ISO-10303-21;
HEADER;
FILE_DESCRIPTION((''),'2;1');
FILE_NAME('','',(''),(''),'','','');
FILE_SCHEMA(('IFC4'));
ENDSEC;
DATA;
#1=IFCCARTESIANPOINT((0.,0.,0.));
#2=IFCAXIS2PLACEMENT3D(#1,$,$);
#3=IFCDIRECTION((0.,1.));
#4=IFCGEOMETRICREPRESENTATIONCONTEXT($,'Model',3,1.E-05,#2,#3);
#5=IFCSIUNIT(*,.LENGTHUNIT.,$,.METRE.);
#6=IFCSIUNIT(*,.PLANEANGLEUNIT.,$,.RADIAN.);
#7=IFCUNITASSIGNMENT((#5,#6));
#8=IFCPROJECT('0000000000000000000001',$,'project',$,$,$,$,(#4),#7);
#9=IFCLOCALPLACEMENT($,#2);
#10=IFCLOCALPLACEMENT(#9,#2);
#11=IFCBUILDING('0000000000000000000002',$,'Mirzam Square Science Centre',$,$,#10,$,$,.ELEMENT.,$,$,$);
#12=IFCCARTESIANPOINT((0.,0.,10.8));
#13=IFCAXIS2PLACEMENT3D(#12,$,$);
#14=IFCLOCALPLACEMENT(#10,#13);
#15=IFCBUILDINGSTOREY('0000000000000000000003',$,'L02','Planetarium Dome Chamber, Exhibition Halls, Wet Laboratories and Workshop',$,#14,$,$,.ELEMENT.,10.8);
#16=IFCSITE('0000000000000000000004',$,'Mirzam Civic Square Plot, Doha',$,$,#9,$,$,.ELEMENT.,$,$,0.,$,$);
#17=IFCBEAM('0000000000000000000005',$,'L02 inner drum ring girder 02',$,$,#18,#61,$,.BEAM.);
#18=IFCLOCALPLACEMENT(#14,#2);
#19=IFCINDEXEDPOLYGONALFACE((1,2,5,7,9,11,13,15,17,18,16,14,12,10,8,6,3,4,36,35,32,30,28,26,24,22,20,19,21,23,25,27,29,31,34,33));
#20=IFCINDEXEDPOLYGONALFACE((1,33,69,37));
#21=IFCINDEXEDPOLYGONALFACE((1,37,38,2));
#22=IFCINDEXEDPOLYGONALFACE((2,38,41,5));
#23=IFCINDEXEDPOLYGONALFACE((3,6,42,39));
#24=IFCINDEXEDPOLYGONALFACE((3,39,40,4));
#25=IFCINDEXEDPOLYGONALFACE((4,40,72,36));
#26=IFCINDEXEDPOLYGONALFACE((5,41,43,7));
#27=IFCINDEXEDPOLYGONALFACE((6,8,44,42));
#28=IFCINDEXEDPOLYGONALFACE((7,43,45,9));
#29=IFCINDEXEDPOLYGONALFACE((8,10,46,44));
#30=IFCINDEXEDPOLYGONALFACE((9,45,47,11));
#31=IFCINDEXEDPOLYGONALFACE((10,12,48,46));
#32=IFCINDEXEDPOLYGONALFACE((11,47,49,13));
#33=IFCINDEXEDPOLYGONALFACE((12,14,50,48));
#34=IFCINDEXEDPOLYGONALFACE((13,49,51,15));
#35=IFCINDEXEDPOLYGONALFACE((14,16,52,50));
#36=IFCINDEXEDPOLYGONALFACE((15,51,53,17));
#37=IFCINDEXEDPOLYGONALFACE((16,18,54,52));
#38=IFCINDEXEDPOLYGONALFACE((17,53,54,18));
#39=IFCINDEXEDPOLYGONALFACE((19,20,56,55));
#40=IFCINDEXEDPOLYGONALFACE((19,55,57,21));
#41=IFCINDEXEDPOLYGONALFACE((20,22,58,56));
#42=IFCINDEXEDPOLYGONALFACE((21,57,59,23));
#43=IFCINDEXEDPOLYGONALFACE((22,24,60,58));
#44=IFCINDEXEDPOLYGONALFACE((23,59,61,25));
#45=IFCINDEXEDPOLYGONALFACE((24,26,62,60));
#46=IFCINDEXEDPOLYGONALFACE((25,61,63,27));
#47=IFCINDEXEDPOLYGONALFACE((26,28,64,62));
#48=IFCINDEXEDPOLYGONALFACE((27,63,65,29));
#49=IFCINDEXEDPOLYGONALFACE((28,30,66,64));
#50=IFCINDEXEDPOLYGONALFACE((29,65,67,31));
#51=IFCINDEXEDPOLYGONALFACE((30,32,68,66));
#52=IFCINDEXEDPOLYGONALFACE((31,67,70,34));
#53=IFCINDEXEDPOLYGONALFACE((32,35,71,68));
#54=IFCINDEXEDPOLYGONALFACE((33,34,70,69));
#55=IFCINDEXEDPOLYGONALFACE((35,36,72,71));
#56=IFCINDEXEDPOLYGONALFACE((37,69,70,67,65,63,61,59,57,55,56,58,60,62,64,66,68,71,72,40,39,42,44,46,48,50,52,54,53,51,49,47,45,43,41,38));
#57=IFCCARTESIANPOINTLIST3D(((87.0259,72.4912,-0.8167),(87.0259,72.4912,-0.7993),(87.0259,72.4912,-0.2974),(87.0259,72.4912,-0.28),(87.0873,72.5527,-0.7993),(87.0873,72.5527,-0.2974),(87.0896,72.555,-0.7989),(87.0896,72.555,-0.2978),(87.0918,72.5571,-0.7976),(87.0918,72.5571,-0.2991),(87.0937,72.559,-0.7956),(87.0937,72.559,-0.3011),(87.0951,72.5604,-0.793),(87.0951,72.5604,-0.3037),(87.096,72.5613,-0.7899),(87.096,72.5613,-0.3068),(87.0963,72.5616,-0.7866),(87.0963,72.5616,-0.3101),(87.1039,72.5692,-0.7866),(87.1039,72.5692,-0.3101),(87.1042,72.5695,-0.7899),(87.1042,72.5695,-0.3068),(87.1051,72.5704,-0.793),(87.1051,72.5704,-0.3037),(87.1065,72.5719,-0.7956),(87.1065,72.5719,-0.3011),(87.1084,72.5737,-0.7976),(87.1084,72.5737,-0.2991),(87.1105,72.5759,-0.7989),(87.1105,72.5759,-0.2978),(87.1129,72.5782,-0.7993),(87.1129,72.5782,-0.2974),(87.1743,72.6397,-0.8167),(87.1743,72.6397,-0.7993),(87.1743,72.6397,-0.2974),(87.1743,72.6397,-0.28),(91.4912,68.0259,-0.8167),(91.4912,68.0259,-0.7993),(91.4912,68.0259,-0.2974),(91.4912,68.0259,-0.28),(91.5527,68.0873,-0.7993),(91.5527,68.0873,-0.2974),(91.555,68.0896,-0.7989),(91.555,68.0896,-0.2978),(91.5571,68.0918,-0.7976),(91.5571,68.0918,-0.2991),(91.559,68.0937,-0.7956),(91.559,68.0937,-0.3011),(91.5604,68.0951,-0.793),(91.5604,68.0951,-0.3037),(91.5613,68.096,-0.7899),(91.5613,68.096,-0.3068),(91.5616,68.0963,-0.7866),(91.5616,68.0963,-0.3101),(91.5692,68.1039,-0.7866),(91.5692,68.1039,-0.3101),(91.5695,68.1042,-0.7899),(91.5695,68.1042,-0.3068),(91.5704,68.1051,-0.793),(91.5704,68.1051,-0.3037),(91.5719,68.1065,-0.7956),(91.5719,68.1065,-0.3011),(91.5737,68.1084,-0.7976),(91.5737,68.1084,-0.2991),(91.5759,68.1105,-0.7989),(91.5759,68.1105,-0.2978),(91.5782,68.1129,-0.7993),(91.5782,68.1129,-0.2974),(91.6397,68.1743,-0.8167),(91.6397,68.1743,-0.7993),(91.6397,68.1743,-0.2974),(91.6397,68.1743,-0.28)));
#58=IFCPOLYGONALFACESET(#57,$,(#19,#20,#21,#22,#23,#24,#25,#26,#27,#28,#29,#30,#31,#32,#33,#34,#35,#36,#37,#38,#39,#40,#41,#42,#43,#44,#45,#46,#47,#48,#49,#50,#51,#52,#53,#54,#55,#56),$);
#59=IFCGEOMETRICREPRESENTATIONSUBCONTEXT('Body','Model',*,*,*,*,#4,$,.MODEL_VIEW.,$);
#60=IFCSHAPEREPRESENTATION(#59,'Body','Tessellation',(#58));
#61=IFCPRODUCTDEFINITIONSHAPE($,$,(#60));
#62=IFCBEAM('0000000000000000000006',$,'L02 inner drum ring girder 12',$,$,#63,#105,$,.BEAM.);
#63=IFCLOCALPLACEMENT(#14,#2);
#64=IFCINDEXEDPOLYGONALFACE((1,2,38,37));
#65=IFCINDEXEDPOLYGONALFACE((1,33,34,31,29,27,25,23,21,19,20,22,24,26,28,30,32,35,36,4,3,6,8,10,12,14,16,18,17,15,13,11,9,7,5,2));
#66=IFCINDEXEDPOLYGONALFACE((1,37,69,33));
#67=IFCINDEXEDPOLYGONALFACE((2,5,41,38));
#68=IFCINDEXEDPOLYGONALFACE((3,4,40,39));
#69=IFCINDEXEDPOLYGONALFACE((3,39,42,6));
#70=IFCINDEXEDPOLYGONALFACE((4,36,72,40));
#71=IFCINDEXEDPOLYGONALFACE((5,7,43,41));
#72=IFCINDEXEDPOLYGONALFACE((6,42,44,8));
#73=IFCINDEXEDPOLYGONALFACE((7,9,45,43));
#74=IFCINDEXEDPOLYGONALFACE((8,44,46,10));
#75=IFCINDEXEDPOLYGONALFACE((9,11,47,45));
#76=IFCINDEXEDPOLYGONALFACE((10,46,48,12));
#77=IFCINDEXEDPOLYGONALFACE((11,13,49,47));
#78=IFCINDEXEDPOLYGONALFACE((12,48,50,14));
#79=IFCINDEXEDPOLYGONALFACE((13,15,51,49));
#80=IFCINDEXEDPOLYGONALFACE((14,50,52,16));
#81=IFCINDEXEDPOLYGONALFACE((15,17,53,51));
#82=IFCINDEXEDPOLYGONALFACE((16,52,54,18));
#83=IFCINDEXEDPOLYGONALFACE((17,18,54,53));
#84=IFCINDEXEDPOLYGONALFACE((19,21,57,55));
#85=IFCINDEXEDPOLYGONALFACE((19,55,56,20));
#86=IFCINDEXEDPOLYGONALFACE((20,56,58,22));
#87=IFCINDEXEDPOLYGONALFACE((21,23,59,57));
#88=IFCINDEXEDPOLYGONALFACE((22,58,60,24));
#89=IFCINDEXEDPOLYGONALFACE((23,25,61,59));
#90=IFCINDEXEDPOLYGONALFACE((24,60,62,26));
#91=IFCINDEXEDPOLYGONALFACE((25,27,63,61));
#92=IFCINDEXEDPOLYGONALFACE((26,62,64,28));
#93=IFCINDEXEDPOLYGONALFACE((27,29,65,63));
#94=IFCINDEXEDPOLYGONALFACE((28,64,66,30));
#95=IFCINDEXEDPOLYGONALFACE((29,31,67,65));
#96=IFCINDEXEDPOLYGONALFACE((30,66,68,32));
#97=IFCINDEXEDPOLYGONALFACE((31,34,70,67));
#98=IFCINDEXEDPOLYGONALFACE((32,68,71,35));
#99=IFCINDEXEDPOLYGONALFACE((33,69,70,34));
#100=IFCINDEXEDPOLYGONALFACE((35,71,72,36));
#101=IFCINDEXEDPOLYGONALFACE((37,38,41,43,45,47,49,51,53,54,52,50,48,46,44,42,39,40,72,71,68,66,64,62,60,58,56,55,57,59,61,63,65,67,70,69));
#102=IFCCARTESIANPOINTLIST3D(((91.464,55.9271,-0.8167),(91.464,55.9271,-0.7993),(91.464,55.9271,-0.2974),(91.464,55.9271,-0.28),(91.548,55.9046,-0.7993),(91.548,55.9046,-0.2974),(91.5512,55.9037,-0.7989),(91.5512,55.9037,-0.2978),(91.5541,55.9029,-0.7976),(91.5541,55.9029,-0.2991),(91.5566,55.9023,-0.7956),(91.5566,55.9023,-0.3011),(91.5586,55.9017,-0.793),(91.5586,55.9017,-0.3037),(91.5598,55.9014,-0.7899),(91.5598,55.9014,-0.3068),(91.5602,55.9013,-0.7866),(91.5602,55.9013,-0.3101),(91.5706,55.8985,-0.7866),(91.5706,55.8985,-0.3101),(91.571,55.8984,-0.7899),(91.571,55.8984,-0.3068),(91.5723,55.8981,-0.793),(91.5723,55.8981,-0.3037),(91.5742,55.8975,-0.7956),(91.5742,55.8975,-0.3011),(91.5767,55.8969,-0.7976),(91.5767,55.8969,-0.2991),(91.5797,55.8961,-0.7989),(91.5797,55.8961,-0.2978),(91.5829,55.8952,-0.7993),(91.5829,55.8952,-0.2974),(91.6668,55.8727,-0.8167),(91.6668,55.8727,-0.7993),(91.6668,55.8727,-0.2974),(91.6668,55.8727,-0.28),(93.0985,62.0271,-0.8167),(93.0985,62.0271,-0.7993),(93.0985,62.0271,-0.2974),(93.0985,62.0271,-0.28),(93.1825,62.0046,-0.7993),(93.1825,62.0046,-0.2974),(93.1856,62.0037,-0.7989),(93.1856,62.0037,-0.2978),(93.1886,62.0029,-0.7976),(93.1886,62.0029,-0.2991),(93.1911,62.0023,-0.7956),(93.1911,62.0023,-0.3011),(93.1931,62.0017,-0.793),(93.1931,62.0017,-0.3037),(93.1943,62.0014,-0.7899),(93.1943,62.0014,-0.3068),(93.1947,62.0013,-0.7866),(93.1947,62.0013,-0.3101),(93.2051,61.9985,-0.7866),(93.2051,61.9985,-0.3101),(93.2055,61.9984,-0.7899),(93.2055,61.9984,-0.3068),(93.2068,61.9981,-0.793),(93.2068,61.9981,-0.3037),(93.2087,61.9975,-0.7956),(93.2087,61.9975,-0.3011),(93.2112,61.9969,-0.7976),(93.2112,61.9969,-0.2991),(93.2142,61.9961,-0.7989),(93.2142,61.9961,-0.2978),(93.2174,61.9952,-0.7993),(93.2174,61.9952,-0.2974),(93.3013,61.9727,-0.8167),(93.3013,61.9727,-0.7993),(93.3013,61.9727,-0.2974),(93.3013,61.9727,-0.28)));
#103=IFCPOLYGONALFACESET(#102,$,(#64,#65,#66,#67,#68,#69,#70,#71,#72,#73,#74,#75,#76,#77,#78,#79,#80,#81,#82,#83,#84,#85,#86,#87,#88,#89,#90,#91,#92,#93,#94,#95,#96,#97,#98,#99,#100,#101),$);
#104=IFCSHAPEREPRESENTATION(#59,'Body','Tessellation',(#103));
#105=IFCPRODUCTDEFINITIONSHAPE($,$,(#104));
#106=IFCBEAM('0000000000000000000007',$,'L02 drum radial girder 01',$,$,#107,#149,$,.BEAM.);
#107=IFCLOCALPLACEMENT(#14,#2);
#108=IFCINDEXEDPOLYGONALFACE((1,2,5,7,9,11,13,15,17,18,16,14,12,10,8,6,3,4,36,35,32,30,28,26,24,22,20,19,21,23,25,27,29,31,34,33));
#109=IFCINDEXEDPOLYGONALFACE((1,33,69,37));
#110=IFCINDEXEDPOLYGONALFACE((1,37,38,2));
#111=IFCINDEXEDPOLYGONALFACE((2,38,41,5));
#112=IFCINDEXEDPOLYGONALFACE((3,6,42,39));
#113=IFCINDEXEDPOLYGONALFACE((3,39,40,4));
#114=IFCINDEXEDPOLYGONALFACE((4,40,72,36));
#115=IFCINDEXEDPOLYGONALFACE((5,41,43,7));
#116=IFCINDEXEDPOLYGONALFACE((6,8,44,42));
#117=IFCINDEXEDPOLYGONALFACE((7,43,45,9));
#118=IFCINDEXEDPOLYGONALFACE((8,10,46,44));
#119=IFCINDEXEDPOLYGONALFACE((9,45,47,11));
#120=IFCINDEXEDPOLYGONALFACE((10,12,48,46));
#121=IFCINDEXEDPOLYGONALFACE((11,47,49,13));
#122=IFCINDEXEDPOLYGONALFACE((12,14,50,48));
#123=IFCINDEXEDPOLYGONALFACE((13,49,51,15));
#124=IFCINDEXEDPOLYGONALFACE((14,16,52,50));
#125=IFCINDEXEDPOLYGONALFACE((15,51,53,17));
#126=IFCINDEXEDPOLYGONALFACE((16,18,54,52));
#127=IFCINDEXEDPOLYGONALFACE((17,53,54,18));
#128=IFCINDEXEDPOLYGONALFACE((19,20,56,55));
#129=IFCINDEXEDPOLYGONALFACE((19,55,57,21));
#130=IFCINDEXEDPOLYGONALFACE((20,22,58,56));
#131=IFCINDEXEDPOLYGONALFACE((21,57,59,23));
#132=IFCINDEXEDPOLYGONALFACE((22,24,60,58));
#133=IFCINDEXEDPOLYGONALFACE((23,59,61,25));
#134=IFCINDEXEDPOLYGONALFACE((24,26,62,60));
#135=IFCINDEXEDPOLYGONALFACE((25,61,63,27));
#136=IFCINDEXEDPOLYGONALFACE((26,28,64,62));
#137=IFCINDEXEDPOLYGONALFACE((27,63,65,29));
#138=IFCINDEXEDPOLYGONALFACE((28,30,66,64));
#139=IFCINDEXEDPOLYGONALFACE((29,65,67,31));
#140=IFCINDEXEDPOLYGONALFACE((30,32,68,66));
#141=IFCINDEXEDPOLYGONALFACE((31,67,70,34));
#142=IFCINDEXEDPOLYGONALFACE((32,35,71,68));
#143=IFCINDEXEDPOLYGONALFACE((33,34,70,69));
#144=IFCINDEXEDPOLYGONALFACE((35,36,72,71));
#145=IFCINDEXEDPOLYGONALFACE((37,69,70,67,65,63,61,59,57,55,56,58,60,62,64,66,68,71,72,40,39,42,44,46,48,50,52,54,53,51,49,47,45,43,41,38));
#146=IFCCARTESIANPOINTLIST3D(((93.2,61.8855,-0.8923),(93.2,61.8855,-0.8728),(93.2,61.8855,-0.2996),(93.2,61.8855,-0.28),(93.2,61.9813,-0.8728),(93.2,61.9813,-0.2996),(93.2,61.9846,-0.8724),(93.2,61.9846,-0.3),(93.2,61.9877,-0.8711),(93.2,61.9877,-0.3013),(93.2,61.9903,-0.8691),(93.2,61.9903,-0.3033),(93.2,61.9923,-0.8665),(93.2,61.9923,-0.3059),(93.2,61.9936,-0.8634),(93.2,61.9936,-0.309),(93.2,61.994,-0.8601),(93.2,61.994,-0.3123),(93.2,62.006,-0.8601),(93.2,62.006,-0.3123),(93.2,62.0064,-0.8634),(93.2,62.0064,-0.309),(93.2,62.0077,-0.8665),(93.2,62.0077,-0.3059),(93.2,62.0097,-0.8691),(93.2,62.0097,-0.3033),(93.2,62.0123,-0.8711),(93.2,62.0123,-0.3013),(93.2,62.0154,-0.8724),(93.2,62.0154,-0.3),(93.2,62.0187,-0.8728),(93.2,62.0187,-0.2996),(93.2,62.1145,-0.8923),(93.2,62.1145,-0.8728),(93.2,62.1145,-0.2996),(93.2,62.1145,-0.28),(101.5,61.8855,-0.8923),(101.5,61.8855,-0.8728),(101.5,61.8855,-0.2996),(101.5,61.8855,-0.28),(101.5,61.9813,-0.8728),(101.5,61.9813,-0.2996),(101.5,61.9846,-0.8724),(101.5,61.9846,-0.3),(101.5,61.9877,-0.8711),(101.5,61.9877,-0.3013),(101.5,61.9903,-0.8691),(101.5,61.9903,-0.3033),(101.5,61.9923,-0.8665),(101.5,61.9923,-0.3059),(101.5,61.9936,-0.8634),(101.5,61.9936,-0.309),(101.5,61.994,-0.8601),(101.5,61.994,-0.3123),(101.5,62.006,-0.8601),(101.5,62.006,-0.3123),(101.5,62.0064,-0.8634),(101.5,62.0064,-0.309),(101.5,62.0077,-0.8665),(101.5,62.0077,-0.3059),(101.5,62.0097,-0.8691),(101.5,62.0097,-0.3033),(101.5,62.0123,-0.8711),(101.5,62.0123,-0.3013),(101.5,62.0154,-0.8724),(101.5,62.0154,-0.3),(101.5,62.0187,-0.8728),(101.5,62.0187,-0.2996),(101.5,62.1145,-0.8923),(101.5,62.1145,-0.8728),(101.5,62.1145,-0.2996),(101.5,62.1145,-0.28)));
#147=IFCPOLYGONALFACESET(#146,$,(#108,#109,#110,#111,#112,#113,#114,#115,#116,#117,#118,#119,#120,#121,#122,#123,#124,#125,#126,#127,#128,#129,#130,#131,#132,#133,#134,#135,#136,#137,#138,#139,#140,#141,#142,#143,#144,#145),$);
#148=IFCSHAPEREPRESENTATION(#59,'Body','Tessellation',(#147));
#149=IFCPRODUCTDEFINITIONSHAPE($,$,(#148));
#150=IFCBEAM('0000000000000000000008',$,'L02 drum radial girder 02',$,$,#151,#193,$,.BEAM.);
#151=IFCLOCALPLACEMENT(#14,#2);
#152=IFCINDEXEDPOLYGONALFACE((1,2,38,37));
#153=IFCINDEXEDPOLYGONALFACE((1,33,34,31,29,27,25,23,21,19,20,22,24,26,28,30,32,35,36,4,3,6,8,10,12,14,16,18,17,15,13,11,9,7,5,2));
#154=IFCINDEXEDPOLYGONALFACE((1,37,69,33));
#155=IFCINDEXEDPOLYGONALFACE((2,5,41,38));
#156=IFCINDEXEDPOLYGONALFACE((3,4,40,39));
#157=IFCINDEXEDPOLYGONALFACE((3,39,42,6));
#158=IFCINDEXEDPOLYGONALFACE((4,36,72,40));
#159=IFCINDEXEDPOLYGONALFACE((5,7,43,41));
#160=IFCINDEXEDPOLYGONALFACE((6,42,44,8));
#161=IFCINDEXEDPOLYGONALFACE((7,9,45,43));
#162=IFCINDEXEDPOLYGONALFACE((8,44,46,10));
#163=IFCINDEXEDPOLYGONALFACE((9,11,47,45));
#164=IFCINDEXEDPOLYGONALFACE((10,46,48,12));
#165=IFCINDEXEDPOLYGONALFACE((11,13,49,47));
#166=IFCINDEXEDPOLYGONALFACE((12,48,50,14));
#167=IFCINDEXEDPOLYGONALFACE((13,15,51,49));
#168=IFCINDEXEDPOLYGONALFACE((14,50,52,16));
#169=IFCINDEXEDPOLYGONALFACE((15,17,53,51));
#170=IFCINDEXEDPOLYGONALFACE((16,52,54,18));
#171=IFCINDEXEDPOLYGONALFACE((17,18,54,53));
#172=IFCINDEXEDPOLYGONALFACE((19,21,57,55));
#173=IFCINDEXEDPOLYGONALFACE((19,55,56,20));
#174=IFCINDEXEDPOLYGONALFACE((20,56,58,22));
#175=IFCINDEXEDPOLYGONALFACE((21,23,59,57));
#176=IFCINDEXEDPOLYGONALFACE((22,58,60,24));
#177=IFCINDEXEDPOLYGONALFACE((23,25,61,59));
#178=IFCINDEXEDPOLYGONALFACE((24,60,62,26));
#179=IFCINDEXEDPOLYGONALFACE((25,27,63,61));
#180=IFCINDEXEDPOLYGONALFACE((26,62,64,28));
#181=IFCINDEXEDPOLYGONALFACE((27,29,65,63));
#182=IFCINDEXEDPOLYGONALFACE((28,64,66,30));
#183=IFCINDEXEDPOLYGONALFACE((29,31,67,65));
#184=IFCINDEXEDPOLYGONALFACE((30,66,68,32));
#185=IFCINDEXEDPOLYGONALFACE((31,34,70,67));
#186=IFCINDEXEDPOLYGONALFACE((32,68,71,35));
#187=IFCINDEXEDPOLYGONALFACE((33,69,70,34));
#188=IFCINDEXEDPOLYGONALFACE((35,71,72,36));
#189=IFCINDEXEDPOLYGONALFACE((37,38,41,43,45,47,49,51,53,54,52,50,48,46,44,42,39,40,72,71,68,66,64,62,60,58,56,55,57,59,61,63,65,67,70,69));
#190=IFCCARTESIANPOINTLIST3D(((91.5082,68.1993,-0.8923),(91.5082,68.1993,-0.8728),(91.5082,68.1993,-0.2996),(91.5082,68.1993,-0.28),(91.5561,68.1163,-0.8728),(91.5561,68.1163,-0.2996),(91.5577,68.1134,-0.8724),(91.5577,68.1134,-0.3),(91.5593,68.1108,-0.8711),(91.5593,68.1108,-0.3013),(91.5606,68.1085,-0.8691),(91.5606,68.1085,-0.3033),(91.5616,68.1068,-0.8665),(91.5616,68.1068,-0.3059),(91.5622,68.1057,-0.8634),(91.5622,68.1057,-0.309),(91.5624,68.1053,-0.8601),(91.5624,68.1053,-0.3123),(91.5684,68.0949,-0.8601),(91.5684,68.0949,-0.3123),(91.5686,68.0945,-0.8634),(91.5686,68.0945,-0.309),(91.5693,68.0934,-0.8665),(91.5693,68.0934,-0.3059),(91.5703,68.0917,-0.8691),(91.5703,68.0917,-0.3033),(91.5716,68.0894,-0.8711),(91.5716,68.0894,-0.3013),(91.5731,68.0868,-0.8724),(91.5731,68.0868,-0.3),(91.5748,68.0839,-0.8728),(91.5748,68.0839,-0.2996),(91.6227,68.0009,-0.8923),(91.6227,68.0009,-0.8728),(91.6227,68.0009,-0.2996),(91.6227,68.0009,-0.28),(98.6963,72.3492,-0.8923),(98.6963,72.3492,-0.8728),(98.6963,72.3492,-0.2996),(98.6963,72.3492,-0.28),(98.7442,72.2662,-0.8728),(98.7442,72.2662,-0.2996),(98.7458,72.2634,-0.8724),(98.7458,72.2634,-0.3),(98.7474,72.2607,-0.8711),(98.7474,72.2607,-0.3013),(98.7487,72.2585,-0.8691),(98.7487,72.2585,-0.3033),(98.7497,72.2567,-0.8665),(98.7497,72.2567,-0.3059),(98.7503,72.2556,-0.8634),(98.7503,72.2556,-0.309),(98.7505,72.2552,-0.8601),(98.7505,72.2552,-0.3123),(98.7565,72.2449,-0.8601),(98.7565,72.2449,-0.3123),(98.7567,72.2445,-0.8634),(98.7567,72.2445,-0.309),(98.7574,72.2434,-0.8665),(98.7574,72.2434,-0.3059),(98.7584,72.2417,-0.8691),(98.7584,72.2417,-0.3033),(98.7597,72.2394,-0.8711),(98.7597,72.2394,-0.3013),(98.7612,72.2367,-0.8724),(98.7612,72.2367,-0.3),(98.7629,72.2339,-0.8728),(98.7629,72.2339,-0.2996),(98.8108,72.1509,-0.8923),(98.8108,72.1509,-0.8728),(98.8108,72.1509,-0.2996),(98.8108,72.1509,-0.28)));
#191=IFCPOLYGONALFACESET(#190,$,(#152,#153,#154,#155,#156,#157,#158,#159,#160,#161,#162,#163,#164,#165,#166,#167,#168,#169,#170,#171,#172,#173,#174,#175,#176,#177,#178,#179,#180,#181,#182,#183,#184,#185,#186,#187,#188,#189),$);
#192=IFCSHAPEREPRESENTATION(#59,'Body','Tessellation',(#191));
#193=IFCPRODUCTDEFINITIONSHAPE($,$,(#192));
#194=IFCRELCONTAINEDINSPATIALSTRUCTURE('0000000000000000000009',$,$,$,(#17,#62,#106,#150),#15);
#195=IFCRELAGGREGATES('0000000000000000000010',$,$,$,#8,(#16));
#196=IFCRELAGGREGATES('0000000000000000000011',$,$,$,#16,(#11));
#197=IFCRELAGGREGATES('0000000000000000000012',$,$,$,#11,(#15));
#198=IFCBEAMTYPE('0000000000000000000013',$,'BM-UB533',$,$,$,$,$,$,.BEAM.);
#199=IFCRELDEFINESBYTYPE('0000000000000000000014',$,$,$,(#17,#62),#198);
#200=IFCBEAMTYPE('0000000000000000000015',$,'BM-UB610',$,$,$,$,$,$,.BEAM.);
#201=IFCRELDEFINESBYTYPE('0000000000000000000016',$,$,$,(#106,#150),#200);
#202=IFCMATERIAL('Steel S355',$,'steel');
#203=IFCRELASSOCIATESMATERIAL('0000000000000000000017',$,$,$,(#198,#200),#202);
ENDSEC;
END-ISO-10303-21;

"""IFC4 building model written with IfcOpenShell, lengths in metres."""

from ifc_helpers import new_model, si_unit, direction, frame, origin, origin_2d, place, context, subcontext, project, spatial, i_section, extrude, material, material_profile, profile_set, type_object, element, save


model = new_model("IFC4")

# Units and contexts
model_context = context("Model", 3, precision=1e-05, world=origin(), true_north=direction((0.0, 1.0)))
body_context = subcontext(model_context, "Body", "Model", "MODEL_VIEW")
ifc_project = project(units=[si_unit("LENGTHUNIT", "METRE"), si_unit("PLANEANGLEUNIT", "RADIAN")], contexts=[model_context])

# Site, building, storey
site_placement = place(None, origin())
site = spatial("IfcSite", under=ifc_project, at=site_placement, Name="Mirzam Civic Square Plot, Doha", CompositionType="ELEMENT", RefElevation=0.0)
building_placement = place(site_placement, origin())
building = spatial("IfcBuilding", under=site, at=building_placement, Name="Mirzam Square Science Centre", CompositionType="ELEMENT")
storey_placement = place(building_placement, frame((0.0, 0.0, 10.8)))
storey = spatial("IfcBuildingStorey", under=building, at=storey_placement, Name="L02", Description="Planetarium Dome Chamber, Exhibition Halls, Wet Laboratories and Workshop", CompositionType="ELEMENT", Elevation=10.8)

# Shared definitions
ifc_material_1 = material(Name="Steel S355", Category="steel")

# Beams
ifc_material_profile_1 = material_profile(ifc_material_1, i_section(OverallWidth=0.21, OverallDepth=0.5366, WebThickness=0.0107, FlangeThickness=0.0173, FilletRadius=0.0127, at=origin_2d()), Name="533x210x101UB")
ifc_profile_set_1 = profile_set([ifc_material_profile_1], Name="Steel S355")
beam_type_1 = type_object("IfcBeamType", Name="BM-UB533", PredefinedType="BEAM", material=ifc_profile_set_1)
beam_1_placement = place(storey_placement, frame((91.5654, 68.1001, -0.5483), z_axis=(-0.707107, 0.707107, 0.0), x_axis=(-0.707107, -0.707107, 0.0)))
element("IfcBeam", 1, at=beam_1_placement, inside=storey, type_object=beam_type_1, Name="L02 inner drum ring girder 02", PredefinedType="BEAM", context=body_context, shape_type="SweptSolid", body=[
    extrude(i_section(OverallWidth=0.21, OverallDepth=0.5366, WebThickness=0.0107, FlangeThickness=0.0173, FilletRadius=0.0127, at=origin_2d()), origin(), (0.0, 0.0, 1.0), 6.3149),
])
beam_2_placement = place(storey_placement, frame((91.5654, 55.8999, -0.5483), z_axis=(0.25882, 0.965926, 0.0), x_axis=(-0.965926, 0.25882, 0.0)))
element("IfcBeam", 2, at=beam_2_placement, inside=storey, type_object=beam_type_1, Name="L02 inner drum ring girder 12", PredefinedType="BEAM", context=body_context, shape_type="SweptSolid", body=[
    extrude(i_section(OverallWidth=0.21, OverallDepth=0.5366, WebThickness=0.0107, FlangeThickness=0.0173, FilletRadius=0.0127, at=origin_2d()), origin(), (0.0, 0.0, 1.0), 6.3152),
])
ifc_material_profile_2 = material_profile(ifc_material_1, i_section(OverallWidth=0.229, OverallDepth=0.6123, WebThickness=0.012, FlangeThickness=0.0195, FilletRadius=0.0127, at=origin_2d()), Name="610x229x125UB")
ifc_profile_set_2 = profile_set([ifc_material_profile_2], Name="Steel S355")
beam_type_2 = type_object("IfcBeamType", Name="BM-UB610", PredefinedType="BEAM", material=ifc_profile_set_2)
for number, where, z_axis, x_axis, name in (
    (3, (93.2, 62.0, -0.5862), (1.0, 0.0, 0.0), (0.0, 1.0, 0.0), "L02 drum radial girder 01"),
    (4, (91.5654, 68.1001, -0.5862), (0.86603, 0.499992, 0.0), (-0.499992, 0.86603, 0.0), "L02 drum radial girder 02"),
):
    element("IfcBeam", number, at=place(storey_placement, frame(where, z_axis=z_axis, x_axis=x_axis)), inside=storey, type_object=beam_type_2, Name=name, PredefinedType="BEAM", context=body_context, shape_type="SweptSolid", body=[
        extrude(i_section(OverallWidth=0.229, OverallDepth=0.6123, WebThickness=0.012, FlangeThickness=0.0195, FilletRadius=0.0127, at=origin_2d()), origin(), (0.0, 0.0, 1.0), 8.3),
    ])

save(model, "model.ifc")
